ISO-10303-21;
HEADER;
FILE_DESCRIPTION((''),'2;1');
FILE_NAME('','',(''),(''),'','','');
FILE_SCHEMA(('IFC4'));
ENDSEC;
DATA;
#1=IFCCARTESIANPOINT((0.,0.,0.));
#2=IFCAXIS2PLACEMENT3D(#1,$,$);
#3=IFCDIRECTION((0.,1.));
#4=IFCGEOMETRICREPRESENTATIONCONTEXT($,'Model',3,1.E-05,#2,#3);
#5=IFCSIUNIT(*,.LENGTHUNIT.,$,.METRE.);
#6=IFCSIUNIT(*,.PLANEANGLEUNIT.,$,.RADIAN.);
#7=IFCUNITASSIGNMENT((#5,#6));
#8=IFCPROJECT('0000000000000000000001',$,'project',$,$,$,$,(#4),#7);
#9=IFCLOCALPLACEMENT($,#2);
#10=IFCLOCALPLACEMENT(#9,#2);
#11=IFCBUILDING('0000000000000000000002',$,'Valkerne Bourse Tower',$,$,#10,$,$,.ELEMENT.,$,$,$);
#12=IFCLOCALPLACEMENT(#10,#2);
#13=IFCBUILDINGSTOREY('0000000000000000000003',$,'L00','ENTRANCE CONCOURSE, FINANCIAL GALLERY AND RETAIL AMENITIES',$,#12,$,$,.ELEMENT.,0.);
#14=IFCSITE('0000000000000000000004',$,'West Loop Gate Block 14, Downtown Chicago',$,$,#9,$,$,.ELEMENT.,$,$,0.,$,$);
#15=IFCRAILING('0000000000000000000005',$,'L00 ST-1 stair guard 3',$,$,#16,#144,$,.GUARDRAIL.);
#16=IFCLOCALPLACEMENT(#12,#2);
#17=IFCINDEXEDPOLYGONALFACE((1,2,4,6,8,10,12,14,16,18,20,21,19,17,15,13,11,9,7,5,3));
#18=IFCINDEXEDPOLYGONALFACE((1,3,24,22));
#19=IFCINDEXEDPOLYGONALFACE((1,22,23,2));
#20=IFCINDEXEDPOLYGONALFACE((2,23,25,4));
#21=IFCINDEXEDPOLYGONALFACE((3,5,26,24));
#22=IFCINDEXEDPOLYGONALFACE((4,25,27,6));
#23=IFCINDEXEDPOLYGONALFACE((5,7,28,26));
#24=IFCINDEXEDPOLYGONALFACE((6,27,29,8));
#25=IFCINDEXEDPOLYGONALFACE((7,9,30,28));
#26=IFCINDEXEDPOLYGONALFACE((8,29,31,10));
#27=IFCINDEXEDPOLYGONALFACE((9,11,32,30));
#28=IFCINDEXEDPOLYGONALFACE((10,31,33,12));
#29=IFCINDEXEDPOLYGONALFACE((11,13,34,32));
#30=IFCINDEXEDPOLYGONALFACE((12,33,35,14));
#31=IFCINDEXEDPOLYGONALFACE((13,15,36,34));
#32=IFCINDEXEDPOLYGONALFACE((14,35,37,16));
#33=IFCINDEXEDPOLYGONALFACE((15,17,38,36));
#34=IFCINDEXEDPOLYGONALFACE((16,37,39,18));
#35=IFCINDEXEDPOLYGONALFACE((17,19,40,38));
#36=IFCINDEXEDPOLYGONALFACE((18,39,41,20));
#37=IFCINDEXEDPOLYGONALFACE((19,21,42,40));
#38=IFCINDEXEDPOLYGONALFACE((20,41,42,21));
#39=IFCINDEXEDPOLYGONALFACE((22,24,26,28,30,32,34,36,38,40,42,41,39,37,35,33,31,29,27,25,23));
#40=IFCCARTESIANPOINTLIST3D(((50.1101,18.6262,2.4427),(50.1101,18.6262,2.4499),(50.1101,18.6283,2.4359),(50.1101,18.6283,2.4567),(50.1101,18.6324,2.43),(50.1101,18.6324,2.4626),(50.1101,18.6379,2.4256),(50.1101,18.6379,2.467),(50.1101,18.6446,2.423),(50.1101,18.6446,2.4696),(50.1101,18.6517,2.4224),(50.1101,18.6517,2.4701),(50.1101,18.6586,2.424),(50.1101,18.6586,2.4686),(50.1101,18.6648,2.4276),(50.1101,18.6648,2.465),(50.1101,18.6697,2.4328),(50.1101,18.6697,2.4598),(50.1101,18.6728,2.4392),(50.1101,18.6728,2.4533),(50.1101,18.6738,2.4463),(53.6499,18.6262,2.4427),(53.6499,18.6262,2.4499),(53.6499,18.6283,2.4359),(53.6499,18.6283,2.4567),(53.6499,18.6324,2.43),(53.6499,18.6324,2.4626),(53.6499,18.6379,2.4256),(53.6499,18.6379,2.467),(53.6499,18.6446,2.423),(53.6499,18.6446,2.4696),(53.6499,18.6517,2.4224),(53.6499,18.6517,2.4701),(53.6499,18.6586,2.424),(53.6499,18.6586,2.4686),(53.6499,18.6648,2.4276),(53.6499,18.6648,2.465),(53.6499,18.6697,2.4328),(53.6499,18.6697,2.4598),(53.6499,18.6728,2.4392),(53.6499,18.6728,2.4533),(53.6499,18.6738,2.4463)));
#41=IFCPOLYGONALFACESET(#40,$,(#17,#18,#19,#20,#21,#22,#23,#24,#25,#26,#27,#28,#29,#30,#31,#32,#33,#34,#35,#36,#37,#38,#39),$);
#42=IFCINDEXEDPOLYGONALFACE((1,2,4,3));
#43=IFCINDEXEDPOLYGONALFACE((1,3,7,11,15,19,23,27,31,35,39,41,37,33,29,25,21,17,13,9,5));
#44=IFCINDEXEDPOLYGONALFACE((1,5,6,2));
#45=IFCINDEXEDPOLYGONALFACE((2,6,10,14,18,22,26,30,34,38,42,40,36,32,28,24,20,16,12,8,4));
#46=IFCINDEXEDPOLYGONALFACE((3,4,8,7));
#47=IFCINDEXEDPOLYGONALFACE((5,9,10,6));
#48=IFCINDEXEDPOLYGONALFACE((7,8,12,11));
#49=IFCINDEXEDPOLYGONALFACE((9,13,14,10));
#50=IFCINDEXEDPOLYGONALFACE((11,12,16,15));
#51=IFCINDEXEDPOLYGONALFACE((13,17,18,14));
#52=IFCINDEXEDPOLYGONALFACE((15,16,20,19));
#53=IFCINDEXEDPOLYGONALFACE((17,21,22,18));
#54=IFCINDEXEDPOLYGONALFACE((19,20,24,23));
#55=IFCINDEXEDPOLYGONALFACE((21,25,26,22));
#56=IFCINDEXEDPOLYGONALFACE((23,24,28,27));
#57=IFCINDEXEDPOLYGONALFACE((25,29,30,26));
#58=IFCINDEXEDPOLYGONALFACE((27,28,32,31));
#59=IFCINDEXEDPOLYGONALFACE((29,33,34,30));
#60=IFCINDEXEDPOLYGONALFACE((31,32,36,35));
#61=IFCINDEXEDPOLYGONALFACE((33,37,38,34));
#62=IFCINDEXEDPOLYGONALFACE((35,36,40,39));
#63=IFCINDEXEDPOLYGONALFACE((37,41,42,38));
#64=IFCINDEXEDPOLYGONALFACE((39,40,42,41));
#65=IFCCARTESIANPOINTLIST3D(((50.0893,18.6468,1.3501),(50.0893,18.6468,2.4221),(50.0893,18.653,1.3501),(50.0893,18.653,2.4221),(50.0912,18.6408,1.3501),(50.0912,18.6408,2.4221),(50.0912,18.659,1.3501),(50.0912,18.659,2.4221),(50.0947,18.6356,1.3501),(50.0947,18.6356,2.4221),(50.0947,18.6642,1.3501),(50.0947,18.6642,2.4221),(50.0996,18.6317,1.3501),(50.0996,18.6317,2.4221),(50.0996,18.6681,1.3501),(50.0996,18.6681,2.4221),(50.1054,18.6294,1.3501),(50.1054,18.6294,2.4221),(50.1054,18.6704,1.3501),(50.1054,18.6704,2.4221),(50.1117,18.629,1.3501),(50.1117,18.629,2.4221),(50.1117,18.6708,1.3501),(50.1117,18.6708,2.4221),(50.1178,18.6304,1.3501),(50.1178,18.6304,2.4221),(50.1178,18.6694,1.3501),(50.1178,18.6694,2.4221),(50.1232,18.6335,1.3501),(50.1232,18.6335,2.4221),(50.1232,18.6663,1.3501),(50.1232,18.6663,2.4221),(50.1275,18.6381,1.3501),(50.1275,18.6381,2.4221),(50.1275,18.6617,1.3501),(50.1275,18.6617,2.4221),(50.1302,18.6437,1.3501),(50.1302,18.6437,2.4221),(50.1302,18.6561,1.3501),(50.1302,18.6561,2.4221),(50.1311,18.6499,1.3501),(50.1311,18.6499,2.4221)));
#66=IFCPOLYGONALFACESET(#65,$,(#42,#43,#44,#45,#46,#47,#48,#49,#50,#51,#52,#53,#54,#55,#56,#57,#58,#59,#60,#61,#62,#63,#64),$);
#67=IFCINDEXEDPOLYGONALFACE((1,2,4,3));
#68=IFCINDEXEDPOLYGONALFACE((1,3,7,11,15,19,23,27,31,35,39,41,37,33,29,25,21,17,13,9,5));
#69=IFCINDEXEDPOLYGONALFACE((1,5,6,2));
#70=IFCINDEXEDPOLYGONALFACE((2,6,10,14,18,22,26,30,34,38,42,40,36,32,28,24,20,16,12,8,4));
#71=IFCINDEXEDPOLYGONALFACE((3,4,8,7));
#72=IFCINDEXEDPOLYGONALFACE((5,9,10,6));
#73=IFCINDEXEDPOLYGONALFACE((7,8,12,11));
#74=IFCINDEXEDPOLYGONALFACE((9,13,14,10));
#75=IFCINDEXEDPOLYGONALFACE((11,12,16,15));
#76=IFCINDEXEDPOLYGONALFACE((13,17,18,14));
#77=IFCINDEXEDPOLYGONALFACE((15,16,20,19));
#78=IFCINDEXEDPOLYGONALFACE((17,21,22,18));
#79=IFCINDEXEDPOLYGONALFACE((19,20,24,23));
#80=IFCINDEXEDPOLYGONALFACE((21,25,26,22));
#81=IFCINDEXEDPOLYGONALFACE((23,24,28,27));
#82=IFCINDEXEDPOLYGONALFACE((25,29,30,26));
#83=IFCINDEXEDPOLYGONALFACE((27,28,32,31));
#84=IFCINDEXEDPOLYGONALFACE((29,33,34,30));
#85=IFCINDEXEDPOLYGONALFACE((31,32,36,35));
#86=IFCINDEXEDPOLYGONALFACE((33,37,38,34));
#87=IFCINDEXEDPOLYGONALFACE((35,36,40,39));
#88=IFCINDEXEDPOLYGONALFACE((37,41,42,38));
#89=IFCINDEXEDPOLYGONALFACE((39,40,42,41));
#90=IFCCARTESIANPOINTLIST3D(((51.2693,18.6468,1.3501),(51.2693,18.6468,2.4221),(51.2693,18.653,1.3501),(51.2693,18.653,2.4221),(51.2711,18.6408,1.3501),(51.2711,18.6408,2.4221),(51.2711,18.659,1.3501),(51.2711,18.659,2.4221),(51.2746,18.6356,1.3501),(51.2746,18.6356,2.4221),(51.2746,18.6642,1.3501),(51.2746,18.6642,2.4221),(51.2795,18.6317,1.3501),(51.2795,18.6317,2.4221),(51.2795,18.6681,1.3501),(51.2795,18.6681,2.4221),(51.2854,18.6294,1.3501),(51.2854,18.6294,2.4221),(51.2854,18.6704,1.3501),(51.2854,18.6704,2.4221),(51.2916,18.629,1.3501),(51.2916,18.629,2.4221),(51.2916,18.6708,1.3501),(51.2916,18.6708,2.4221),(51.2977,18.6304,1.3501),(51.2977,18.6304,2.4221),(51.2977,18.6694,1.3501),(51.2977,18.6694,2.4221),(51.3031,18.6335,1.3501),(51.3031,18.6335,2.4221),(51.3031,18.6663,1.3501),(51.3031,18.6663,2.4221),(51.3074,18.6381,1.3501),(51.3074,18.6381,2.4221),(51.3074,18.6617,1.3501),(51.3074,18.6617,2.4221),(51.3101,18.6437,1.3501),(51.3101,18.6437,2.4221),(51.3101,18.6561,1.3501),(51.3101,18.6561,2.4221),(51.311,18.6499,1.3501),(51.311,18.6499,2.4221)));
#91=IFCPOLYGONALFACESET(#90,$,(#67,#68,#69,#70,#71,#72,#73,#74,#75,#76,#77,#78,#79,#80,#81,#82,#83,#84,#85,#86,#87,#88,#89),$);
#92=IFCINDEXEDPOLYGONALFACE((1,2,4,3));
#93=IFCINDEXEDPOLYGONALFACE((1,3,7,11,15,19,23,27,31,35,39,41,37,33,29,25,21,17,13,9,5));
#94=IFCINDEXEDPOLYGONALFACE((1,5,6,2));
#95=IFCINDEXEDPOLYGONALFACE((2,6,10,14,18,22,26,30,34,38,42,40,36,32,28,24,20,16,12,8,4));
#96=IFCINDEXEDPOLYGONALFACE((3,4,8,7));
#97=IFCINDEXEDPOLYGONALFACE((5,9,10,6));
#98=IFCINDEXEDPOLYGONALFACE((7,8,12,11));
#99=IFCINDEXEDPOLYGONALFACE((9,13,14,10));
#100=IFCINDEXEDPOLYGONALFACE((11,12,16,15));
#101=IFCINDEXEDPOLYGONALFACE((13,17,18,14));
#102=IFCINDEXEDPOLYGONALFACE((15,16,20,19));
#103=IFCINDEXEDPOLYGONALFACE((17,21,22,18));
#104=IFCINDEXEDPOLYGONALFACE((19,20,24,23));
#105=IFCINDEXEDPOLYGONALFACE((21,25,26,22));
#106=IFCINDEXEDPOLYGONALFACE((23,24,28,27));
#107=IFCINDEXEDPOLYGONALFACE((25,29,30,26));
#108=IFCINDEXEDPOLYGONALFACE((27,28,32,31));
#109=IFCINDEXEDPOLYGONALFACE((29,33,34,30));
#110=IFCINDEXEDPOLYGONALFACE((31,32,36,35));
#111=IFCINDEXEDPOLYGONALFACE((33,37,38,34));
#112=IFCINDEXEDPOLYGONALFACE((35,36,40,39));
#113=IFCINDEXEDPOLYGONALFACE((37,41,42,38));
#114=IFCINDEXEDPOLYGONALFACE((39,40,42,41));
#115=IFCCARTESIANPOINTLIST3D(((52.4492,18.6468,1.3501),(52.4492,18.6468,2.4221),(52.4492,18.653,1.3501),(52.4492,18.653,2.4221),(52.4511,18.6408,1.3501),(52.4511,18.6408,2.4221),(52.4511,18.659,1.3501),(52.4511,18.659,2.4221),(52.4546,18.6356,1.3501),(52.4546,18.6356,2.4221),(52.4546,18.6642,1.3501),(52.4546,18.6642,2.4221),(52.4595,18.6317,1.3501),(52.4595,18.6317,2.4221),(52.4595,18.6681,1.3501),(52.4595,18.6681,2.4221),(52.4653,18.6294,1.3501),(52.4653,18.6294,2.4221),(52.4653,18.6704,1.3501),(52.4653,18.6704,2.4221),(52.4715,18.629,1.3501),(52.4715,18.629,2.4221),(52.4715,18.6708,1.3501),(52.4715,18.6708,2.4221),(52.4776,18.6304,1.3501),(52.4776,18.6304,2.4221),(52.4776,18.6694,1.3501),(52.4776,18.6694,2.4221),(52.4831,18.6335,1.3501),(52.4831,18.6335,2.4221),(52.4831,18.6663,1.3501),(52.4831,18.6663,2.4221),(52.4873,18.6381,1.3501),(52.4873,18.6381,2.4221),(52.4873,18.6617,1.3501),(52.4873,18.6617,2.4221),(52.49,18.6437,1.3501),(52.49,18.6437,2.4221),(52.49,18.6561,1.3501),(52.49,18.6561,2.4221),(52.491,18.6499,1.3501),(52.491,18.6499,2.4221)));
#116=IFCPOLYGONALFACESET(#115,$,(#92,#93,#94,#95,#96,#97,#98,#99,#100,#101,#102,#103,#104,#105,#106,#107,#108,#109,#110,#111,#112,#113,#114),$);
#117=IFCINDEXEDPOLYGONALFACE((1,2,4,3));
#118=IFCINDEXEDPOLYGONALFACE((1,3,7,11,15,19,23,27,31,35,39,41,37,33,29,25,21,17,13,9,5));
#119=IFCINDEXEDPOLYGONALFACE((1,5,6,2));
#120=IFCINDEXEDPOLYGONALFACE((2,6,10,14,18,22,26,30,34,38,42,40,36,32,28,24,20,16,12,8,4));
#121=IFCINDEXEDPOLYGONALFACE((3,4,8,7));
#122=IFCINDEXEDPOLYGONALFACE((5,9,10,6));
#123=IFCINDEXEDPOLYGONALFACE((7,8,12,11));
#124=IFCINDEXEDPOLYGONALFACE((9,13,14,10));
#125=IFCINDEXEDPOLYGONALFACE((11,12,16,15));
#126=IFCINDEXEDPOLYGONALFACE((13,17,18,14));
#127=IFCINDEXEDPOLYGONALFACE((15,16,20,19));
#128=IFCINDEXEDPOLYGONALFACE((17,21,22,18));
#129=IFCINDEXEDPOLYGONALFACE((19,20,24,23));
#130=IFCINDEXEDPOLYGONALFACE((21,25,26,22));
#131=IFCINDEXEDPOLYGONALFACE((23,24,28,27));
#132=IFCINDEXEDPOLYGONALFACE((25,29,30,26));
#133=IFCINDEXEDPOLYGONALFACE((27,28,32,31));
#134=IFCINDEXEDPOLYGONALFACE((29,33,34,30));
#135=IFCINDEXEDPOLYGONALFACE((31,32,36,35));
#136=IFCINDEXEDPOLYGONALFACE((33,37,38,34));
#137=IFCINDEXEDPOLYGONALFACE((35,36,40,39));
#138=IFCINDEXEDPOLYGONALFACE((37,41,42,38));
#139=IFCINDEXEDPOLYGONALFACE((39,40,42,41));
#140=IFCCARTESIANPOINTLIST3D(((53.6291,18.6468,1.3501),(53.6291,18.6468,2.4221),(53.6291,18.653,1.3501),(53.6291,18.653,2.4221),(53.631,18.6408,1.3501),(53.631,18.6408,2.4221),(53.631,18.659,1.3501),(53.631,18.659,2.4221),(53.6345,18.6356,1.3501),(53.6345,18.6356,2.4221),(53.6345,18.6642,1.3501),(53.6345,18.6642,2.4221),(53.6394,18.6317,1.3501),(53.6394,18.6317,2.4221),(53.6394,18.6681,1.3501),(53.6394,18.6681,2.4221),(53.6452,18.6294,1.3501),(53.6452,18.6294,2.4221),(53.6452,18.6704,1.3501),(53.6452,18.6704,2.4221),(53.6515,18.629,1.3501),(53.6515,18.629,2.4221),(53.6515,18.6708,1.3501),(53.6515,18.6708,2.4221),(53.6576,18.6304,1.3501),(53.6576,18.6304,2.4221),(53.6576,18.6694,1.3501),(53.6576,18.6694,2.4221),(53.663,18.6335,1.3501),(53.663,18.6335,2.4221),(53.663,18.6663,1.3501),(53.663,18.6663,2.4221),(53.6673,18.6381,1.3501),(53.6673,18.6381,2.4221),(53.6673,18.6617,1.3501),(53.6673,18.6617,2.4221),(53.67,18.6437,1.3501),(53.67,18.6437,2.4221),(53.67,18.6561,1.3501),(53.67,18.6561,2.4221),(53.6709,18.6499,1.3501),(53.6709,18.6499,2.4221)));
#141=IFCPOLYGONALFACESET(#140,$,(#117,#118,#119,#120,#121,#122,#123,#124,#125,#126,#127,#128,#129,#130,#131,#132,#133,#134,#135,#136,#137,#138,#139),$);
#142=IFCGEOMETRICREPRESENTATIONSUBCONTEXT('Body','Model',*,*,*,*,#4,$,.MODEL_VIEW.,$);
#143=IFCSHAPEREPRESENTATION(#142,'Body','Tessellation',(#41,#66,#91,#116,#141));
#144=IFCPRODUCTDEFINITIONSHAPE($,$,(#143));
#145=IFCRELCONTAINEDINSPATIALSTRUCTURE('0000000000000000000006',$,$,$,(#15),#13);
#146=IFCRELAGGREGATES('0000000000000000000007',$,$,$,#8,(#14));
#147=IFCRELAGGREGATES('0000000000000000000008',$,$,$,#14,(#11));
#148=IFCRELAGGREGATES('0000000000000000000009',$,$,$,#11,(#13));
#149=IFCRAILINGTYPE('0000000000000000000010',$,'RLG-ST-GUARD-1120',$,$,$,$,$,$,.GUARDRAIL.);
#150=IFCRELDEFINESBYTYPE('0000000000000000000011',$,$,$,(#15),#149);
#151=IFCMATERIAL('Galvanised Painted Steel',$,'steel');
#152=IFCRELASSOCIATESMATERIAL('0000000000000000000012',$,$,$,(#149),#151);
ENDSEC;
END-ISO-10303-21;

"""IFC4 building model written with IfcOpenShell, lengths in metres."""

from ifc_helpers import new_model, si_unit, direction, frame, origin, origin_2d, place, context, subcontext, project, spatial, circle, extrude, material, type_object, element, save


model = new_model("IFC4")

# Units and contexts
model_context = context("Model", 3, precision=1e-05, world=origin(), true_north=direction((0.0, 1.0)))
body_context = subcontext(model_context, "Body", "Model", "MODEL_VIEW")
ifc_project = project(units=[si_unit("LENGTHUNIT", "METRE"), si_unit("PLANEANGLEUNIT", "RADIAN")], contexts=[model_context])

# Site, building, storey
site_placement = place(None, origin())
site = spatial("IfcSite", under=ifc_project, at=site_placement, Name="West Loop Gate Block 14, Downtown Chicago", CompositionType="ELEMENT", RefElevation=0.0)
building_placement = place(site_placement, origin())
building = spatial("IfcBuilding", under=site, at=building_placement, Name="Valkerne Bourse Tower", CompositionType="ELEMENT")
storey_placement = place(building_placement, origin())
storey = spatial("IfcBuildingStorey", under=building, at=storey_placement, Name="L00", Description="ENTRANCE CONCOURSE, FINANCIAL GALLERY AND RETAIL AMENITIES", CompositionType="ELEMENT", Elevation=0.0)

# Railing
ifc_material_1 = material(Name="Galvanised Painted Steel", Category="steel")
railing_type_1 = type_object("IfcRailingType", Name="RLG-ST-GUARD-1120", PredefinedType="GUARDRAIL", material=ifc_material_1)
railing_1_placement = place(storey_placement, frame((50.1101, 18.6499, 1.3501)))
element("IfcRailing", 1, at=railing_1_placement, inside=storey, type_object=railing_type_1, Name="L00 ST-1 stair guard 3", PredefinedType="GUARDRAIL", context=body_context, shape_type="SweptSolid", body=[
    extrude(circle(Radius=0.0239, at=origin_2d()), frame((0.0, 0.0, 1.0962), z_axis=(1.0, 0.0, 0.0), x_axis=(0.0, 1.0, 0.0)), (0.0, 0.0, 1.0), 3.5398),
    extrude(circle(Radius=0.021, at=origin_2d()), origin(), (0.0, 0.0, 1.0), 1.072),
    extrude(circle(Radius=0.021, at=origin_2d()), frame((1.1799, 0.0, 0.0)), (0.0, 0.0, 1.0), 1.072),
    extrude(circle(Radius=0.021, at=origin_2d()), frame((2.3599, 0.0, 0.0)), (0.0, 0.0, 1.0), 1.072),
    extrude(circle(Radius=0.021, at=origin_2d()), frame((3.5398, 0.0, 0.0)), (0.0, 0.0, 1.0), 1.072),
])

save(model, "model.ifc")
